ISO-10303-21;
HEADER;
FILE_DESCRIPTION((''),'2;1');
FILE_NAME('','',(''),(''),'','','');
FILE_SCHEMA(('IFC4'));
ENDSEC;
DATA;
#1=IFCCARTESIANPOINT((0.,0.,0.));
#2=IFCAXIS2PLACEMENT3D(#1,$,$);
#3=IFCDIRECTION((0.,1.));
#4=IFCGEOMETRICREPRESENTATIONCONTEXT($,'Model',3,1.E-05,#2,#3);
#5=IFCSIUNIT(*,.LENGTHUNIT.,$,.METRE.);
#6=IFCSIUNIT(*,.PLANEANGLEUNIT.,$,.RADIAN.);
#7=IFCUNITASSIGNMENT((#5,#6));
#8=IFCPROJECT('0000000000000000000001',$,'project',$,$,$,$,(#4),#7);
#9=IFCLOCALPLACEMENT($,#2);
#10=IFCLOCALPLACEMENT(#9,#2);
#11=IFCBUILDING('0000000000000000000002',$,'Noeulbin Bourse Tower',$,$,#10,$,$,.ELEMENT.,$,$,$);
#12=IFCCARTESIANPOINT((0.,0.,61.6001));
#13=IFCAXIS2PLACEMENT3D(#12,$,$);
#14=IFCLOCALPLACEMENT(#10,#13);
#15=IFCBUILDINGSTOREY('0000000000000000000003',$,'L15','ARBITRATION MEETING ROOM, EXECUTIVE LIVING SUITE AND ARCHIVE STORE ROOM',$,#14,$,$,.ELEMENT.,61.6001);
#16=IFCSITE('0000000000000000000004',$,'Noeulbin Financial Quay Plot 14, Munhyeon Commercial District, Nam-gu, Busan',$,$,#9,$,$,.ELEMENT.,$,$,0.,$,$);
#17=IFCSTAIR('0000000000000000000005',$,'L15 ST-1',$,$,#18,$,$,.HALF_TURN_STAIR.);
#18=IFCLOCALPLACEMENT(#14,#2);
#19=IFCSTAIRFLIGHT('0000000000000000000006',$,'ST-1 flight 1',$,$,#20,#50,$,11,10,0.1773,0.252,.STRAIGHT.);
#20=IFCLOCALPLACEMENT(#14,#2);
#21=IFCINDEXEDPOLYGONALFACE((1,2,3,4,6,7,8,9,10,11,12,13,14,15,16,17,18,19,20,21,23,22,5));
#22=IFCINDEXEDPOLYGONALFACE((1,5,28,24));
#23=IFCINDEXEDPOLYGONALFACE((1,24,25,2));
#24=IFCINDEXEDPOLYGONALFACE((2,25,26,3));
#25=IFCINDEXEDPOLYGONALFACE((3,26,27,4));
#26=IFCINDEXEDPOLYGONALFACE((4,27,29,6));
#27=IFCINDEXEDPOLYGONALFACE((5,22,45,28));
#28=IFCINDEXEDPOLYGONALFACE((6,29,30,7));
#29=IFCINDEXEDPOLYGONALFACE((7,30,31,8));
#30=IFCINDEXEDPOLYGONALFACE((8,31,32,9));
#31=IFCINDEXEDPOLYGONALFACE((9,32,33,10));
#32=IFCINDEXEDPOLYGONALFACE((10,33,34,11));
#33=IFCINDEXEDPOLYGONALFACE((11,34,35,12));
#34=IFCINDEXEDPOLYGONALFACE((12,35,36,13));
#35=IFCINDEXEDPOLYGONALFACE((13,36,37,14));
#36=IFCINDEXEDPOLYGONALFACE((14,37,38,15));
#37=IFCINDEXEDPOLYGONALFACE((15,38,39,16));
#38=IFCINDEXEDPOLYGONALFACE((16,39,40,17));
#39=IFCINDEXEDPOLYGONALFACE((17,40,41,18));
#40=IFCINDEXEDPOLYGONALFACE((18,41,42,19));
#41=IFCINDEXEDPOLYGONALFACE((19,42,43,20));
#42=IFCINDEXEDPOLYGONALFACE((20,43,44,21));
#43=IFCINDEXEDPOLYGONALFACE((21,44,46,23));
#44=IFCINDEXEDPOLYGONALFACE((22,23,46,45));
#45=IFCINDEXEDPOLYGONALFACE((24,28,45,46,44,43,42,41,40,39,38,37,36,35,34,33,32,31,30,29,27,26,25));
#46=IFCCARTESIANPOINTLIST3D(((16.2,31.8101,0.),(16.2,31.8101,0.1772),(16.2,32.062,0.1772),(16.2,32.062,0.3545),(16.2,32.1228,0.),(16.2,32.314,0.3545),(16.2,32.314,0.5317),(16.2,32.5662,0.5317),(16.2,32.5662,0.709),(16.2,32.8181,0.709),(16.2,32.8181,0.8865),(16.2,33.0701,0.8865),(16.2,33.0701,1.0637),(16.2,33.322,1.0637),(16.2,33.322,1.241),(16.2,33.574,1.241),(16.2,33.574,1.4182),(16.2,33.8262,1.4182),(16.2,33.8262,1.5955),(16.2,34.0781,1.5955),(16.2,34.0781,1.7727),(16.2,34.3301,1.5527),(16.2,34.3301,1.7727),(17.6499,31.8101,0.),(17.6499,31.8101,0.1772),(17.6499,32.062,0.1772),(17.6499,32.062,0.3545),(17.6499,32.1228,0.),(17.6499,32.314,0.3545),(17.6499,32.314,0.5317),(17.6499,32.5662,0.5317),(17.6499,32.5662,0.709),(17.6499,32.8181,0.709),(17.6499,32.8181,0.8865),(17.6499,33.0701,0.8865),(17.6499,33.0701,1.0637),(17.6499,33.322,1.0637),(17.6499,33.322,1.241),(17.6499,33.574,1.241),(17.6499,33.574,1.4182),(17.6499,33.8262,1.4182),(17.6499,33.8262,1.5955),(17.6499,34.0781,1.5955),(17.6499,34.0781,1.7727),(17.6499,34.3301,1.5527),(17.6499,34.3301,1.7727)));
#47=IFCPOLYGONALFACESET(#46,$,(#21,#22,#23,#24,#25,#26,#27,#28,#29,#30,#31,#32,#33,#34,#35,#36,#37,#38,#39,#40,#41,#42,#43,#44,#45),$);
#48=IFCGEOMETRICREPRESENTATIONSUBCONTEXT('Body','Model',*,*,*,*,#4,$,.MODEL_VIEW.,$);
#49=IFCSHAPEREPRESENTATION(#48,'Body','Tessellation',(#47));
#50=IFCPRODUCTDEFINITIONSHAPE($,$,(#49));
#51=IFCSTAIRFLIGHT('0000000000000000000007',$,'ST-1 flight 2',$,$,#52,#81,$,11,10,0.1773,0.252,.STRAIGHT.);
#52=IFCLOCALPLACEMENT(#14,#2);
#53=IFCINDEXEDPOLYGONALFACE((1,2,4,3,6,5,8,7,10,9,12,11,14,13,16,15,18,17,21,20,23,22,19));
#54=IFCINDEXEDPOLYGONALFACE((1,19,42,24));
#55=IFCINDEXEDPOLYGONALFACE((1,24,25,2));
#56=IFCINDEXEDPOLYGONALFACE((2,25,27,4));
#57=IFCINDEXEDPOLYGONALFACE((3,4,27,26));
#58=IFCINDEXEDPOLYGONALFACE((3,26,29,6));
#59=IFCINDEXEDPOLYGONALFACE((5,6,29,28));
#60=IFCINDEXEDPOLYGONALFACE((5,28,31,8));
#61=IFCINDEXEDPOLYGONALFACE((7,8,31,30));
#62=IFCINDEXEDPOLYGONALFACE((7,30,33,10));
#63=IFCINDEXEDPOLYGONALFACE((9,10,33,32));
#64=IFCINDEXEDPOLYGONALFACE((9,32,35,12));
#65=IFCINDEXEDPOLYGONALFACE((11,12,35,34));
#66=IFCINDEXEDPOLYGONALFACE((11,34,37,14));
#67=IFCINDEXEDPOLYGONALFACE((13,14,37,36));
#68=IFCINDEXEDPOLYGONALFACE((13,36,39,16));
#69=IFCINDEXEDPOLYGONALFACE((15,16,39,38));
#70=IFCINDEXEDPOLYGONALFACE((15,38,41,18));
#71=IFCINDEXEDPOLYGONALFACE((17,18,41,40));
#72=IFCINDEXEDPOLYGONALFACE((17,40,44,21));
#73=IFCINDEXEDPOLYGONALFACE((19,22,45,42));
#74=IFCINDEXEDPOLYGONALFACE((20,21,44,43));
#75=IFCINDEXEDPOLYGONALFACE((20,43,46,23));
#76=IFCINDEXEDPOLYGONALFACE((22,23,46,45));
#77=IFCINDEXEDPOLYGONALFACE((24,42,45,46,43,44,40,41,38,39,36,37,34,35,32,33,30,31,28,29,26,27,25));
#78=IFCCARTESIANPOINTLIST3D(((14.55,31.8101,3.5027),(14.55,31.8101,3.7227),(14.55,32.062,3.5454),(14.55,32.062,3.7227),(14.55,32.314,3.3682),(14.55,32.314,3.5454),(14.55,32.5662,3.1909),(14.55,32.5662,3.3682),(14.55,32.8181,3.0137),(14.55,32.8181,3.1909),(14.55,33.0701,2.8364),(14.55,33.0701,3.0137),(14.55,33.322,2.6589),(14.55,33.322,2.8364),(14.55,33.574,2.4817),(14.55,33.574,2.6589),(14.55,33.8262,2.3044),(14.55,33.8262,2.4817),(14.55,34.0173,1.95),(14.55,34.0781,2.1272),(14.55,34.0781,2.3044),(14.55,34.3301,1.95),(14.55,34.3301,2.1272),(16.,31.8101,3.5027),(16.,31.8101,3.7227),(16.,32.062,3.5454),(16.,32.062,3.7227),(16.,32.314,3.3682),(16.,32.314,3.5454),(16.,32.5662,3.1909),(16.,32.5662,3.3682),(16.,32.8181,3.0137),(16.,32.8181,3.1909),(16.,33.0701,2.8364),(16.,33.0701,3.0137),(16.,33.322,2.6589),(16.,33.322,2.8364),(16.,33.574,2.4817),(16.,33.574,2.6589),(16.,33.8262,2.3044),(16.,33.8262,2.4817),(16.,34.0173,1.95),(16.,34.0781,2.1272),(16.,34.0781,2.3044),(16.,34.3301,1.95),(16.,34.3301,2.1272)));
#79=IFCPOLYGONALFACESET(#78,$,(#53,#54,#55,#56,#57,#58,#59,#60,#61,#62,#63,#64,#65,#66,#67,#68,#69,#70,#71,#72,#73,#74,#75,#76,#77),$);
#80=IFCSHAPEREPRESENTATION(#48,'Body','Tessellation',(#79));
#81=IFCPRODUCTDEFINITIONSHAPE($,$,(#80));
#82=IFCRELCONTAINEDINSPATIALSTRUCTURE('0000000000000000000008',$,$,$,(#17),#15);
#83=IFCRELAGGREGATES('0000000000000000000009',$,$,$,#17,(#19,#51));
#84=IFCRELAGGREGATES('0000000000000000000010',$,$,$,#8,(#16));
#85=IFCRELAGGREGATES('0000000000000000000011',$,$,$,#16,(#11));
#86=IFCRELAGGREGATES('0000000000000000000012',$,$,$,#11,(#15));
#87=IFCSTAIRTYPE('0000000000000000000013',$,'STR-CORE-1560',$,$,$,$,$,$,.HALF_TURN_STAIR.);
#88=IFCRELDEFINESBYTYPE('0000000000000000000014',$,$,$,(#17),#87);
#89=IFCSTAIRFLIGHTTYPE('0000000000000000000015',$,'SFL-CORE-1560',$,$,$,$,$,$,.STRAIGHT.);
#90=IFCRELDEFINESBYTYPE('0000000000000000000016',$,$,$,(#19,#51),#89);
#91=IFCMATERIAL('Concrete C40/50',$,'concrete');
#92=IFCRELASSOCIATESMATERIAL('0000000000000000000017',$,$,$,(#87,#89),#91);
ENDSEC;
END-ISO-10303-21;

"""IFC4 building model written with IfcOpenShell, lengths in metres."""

from ifc_helpers import new_model, si_unit, direction, frame, origin, place, context, subcontext, project, spatial, polyline, outline, extrude, material, type_object, element, aggregate, save


model = new_model("IFC4")

# Units and contexts
model_context = context("Model", 3, precision=1e-05, world=origin(), true_north=direction((0.0, 1.0)))
body_context = subcontext(model_context, "Body", "Model", "MODEL_VIEW")
ifc_project = project(units=[si_unit("LENGTHUNIT", "METRE"), si_unit("PLANEANGLEUNIT", "RADIAN")], contexts=[model_context])

# Site, building, storey
site_placement = place(None, origin())
site = spatial("IfcSite", under=ifc_project, at=site_placement, Name="Noeulbin Financial Quay Plot 14, Munhyeon Commercial District, Nam-gu, Busan", CompositionType="ELEMENT", RefElevation=0.0)
building_placement = place(site_placement, origin())
building = spatial("IfcBuilding", under=site, at=building_placement, Name="Noeulbin Bourse Tower", CompositionType="ELEMENT")
storey_placement = place(building_placement, frame((0.0, 0.0, 61.6001)))
storey = spatial("IfcBuildingStorey", under=building, at=storey_placement, Name="L15", Description="ARBITRATION MEETING ROOM, EXECUTIVE LIVING SUITE AND ARCHIVE STORE ROOM", CompositionType="ELEMENT", Elevation=61.6001)

# Shared definitions
ifc_material_1 = material(Name="Concrete C40/50", Category="concrete")

# Stair, stair flights
stair_type = type_object("IfcStairType", Name="STR-CORE-1560", PredefinedType="HALF_TURN_STAIR", material=ifc_material_1)
stair_placement = place(storey_placement, origin())
stair = element("IfcStair", 1, at=stair_placement, inside=storey, type_object=stair_type, Name="L15 ST-1", PredefinedType="HALF_TURN_STAIR")
stair_flight_type = type_object("IfcStairFlightType", Name="SFL-CORE-1560", PredefinedType="STRAIGHT", material=ifc_material_1)
stair_flight_1_placement = place(storey_placement, frame((16.925, 31.8101, 0.0), z_axis=(0.0, 0.0, 1.0), x_axis=(0.0, 1.0, 0.0)))
stair_flight_1 = element("IfcStairFlight", 2, at=stair_flight_1_placement, type_object=stair_flight_type, Name="ST-1 flight 1", NumberOfRisers=11, NumberOfTreads=10, PredefinedType="STRAIGHT", RiserHeight=0.1773, TreadLength=0.252, context=body_context, shape_type="SweptSolid", body=[
    extrude(outline(polyline([(0.0, 0.0), (0.0, 0.1772), (0.252, 0.1772), (0.252, 0.3545), (0.5039, 0.3545), (0.5039, 0.5317), (0.7561, 0.5317), (0.7561, 0.709), (1.0081, 0.709), (1.0081, 0.8865), (1.26, 0.8865), (1.26, 1.0637), (1.512, 1.0637), (1.512, 1.241), (1.7639, 1.241), (1.7639, 1.4182), (2.0161, 1.4182), (2.0161, 1.5955), (2.2681, 1.5955), (2.2681, 1.7727), (2.52, 1.7727), (2.52, 1.95), (2.52, 1.5527), (0.3127, 0.0), (0.0, 0.0)])), frame((0.0, 0.7251, 0.0), z_axis=(0.0, -1.0, 0.0), x_axis=(1.0, 0.0, 0.0)), (0.0, 0.0, 1.0), 1.45),
])
stair_flight_2_placement = place(storey_placement, frame((15.2749, 34.3301, 1.95), z_axis=(0.0, 0.0, 1.0), x_axis=(0.0, -1.0, 0.0)))
stair_flight_2 = element("IfcStairFlight", 3, at=stair_flight_2_placement, type_object=stair_flight_type, Name="ST-1 flight 2", NumberOfRisers=11, NumberOfTreads=10, PredefinedType="STRAIGHT", RiserHeight=0.1773, TreadLength=0.252, context=body_context, shape_type="SweptSolid", body=[
    extrude(outline(polyline([(0.0, 0.0), (0.0, 0.1772), (0.252, 0.1772), (0.252, 0.3545), (0.5039, 0.3545), (0.5039, 0.5317), (0.7561, 0.5317), (0.7561, 0.709), (1.0081, 0.709), (1.0081, 0.8865), (1.26, 0.8865), (1.26, 1.0637), (1.512, 1.0637), (1.512, 1.241), (1.7639, 1.241), (1.7639, 1.4182), (2.0161, 1.4182), (2.0161, 1.5955), (2.2681, 1.5955), (2.2681, 1.7727), (2.52, 1.7727), (2.52, 1.95), (2.52, 1.5527), (0.3127, 0.0), (0.0, 0.0)])), frame((0.0, 0.7251, 0.0), z_axis=(0.0, -1.0, 0.0), x_axis=(1.0, 0.0, 0.0)), (0.0, 0.0, 1.0), 1.45),
])
aggregate(stair, [stair_flight_1, stair_flight_2])

save(model, "model.ifc")
